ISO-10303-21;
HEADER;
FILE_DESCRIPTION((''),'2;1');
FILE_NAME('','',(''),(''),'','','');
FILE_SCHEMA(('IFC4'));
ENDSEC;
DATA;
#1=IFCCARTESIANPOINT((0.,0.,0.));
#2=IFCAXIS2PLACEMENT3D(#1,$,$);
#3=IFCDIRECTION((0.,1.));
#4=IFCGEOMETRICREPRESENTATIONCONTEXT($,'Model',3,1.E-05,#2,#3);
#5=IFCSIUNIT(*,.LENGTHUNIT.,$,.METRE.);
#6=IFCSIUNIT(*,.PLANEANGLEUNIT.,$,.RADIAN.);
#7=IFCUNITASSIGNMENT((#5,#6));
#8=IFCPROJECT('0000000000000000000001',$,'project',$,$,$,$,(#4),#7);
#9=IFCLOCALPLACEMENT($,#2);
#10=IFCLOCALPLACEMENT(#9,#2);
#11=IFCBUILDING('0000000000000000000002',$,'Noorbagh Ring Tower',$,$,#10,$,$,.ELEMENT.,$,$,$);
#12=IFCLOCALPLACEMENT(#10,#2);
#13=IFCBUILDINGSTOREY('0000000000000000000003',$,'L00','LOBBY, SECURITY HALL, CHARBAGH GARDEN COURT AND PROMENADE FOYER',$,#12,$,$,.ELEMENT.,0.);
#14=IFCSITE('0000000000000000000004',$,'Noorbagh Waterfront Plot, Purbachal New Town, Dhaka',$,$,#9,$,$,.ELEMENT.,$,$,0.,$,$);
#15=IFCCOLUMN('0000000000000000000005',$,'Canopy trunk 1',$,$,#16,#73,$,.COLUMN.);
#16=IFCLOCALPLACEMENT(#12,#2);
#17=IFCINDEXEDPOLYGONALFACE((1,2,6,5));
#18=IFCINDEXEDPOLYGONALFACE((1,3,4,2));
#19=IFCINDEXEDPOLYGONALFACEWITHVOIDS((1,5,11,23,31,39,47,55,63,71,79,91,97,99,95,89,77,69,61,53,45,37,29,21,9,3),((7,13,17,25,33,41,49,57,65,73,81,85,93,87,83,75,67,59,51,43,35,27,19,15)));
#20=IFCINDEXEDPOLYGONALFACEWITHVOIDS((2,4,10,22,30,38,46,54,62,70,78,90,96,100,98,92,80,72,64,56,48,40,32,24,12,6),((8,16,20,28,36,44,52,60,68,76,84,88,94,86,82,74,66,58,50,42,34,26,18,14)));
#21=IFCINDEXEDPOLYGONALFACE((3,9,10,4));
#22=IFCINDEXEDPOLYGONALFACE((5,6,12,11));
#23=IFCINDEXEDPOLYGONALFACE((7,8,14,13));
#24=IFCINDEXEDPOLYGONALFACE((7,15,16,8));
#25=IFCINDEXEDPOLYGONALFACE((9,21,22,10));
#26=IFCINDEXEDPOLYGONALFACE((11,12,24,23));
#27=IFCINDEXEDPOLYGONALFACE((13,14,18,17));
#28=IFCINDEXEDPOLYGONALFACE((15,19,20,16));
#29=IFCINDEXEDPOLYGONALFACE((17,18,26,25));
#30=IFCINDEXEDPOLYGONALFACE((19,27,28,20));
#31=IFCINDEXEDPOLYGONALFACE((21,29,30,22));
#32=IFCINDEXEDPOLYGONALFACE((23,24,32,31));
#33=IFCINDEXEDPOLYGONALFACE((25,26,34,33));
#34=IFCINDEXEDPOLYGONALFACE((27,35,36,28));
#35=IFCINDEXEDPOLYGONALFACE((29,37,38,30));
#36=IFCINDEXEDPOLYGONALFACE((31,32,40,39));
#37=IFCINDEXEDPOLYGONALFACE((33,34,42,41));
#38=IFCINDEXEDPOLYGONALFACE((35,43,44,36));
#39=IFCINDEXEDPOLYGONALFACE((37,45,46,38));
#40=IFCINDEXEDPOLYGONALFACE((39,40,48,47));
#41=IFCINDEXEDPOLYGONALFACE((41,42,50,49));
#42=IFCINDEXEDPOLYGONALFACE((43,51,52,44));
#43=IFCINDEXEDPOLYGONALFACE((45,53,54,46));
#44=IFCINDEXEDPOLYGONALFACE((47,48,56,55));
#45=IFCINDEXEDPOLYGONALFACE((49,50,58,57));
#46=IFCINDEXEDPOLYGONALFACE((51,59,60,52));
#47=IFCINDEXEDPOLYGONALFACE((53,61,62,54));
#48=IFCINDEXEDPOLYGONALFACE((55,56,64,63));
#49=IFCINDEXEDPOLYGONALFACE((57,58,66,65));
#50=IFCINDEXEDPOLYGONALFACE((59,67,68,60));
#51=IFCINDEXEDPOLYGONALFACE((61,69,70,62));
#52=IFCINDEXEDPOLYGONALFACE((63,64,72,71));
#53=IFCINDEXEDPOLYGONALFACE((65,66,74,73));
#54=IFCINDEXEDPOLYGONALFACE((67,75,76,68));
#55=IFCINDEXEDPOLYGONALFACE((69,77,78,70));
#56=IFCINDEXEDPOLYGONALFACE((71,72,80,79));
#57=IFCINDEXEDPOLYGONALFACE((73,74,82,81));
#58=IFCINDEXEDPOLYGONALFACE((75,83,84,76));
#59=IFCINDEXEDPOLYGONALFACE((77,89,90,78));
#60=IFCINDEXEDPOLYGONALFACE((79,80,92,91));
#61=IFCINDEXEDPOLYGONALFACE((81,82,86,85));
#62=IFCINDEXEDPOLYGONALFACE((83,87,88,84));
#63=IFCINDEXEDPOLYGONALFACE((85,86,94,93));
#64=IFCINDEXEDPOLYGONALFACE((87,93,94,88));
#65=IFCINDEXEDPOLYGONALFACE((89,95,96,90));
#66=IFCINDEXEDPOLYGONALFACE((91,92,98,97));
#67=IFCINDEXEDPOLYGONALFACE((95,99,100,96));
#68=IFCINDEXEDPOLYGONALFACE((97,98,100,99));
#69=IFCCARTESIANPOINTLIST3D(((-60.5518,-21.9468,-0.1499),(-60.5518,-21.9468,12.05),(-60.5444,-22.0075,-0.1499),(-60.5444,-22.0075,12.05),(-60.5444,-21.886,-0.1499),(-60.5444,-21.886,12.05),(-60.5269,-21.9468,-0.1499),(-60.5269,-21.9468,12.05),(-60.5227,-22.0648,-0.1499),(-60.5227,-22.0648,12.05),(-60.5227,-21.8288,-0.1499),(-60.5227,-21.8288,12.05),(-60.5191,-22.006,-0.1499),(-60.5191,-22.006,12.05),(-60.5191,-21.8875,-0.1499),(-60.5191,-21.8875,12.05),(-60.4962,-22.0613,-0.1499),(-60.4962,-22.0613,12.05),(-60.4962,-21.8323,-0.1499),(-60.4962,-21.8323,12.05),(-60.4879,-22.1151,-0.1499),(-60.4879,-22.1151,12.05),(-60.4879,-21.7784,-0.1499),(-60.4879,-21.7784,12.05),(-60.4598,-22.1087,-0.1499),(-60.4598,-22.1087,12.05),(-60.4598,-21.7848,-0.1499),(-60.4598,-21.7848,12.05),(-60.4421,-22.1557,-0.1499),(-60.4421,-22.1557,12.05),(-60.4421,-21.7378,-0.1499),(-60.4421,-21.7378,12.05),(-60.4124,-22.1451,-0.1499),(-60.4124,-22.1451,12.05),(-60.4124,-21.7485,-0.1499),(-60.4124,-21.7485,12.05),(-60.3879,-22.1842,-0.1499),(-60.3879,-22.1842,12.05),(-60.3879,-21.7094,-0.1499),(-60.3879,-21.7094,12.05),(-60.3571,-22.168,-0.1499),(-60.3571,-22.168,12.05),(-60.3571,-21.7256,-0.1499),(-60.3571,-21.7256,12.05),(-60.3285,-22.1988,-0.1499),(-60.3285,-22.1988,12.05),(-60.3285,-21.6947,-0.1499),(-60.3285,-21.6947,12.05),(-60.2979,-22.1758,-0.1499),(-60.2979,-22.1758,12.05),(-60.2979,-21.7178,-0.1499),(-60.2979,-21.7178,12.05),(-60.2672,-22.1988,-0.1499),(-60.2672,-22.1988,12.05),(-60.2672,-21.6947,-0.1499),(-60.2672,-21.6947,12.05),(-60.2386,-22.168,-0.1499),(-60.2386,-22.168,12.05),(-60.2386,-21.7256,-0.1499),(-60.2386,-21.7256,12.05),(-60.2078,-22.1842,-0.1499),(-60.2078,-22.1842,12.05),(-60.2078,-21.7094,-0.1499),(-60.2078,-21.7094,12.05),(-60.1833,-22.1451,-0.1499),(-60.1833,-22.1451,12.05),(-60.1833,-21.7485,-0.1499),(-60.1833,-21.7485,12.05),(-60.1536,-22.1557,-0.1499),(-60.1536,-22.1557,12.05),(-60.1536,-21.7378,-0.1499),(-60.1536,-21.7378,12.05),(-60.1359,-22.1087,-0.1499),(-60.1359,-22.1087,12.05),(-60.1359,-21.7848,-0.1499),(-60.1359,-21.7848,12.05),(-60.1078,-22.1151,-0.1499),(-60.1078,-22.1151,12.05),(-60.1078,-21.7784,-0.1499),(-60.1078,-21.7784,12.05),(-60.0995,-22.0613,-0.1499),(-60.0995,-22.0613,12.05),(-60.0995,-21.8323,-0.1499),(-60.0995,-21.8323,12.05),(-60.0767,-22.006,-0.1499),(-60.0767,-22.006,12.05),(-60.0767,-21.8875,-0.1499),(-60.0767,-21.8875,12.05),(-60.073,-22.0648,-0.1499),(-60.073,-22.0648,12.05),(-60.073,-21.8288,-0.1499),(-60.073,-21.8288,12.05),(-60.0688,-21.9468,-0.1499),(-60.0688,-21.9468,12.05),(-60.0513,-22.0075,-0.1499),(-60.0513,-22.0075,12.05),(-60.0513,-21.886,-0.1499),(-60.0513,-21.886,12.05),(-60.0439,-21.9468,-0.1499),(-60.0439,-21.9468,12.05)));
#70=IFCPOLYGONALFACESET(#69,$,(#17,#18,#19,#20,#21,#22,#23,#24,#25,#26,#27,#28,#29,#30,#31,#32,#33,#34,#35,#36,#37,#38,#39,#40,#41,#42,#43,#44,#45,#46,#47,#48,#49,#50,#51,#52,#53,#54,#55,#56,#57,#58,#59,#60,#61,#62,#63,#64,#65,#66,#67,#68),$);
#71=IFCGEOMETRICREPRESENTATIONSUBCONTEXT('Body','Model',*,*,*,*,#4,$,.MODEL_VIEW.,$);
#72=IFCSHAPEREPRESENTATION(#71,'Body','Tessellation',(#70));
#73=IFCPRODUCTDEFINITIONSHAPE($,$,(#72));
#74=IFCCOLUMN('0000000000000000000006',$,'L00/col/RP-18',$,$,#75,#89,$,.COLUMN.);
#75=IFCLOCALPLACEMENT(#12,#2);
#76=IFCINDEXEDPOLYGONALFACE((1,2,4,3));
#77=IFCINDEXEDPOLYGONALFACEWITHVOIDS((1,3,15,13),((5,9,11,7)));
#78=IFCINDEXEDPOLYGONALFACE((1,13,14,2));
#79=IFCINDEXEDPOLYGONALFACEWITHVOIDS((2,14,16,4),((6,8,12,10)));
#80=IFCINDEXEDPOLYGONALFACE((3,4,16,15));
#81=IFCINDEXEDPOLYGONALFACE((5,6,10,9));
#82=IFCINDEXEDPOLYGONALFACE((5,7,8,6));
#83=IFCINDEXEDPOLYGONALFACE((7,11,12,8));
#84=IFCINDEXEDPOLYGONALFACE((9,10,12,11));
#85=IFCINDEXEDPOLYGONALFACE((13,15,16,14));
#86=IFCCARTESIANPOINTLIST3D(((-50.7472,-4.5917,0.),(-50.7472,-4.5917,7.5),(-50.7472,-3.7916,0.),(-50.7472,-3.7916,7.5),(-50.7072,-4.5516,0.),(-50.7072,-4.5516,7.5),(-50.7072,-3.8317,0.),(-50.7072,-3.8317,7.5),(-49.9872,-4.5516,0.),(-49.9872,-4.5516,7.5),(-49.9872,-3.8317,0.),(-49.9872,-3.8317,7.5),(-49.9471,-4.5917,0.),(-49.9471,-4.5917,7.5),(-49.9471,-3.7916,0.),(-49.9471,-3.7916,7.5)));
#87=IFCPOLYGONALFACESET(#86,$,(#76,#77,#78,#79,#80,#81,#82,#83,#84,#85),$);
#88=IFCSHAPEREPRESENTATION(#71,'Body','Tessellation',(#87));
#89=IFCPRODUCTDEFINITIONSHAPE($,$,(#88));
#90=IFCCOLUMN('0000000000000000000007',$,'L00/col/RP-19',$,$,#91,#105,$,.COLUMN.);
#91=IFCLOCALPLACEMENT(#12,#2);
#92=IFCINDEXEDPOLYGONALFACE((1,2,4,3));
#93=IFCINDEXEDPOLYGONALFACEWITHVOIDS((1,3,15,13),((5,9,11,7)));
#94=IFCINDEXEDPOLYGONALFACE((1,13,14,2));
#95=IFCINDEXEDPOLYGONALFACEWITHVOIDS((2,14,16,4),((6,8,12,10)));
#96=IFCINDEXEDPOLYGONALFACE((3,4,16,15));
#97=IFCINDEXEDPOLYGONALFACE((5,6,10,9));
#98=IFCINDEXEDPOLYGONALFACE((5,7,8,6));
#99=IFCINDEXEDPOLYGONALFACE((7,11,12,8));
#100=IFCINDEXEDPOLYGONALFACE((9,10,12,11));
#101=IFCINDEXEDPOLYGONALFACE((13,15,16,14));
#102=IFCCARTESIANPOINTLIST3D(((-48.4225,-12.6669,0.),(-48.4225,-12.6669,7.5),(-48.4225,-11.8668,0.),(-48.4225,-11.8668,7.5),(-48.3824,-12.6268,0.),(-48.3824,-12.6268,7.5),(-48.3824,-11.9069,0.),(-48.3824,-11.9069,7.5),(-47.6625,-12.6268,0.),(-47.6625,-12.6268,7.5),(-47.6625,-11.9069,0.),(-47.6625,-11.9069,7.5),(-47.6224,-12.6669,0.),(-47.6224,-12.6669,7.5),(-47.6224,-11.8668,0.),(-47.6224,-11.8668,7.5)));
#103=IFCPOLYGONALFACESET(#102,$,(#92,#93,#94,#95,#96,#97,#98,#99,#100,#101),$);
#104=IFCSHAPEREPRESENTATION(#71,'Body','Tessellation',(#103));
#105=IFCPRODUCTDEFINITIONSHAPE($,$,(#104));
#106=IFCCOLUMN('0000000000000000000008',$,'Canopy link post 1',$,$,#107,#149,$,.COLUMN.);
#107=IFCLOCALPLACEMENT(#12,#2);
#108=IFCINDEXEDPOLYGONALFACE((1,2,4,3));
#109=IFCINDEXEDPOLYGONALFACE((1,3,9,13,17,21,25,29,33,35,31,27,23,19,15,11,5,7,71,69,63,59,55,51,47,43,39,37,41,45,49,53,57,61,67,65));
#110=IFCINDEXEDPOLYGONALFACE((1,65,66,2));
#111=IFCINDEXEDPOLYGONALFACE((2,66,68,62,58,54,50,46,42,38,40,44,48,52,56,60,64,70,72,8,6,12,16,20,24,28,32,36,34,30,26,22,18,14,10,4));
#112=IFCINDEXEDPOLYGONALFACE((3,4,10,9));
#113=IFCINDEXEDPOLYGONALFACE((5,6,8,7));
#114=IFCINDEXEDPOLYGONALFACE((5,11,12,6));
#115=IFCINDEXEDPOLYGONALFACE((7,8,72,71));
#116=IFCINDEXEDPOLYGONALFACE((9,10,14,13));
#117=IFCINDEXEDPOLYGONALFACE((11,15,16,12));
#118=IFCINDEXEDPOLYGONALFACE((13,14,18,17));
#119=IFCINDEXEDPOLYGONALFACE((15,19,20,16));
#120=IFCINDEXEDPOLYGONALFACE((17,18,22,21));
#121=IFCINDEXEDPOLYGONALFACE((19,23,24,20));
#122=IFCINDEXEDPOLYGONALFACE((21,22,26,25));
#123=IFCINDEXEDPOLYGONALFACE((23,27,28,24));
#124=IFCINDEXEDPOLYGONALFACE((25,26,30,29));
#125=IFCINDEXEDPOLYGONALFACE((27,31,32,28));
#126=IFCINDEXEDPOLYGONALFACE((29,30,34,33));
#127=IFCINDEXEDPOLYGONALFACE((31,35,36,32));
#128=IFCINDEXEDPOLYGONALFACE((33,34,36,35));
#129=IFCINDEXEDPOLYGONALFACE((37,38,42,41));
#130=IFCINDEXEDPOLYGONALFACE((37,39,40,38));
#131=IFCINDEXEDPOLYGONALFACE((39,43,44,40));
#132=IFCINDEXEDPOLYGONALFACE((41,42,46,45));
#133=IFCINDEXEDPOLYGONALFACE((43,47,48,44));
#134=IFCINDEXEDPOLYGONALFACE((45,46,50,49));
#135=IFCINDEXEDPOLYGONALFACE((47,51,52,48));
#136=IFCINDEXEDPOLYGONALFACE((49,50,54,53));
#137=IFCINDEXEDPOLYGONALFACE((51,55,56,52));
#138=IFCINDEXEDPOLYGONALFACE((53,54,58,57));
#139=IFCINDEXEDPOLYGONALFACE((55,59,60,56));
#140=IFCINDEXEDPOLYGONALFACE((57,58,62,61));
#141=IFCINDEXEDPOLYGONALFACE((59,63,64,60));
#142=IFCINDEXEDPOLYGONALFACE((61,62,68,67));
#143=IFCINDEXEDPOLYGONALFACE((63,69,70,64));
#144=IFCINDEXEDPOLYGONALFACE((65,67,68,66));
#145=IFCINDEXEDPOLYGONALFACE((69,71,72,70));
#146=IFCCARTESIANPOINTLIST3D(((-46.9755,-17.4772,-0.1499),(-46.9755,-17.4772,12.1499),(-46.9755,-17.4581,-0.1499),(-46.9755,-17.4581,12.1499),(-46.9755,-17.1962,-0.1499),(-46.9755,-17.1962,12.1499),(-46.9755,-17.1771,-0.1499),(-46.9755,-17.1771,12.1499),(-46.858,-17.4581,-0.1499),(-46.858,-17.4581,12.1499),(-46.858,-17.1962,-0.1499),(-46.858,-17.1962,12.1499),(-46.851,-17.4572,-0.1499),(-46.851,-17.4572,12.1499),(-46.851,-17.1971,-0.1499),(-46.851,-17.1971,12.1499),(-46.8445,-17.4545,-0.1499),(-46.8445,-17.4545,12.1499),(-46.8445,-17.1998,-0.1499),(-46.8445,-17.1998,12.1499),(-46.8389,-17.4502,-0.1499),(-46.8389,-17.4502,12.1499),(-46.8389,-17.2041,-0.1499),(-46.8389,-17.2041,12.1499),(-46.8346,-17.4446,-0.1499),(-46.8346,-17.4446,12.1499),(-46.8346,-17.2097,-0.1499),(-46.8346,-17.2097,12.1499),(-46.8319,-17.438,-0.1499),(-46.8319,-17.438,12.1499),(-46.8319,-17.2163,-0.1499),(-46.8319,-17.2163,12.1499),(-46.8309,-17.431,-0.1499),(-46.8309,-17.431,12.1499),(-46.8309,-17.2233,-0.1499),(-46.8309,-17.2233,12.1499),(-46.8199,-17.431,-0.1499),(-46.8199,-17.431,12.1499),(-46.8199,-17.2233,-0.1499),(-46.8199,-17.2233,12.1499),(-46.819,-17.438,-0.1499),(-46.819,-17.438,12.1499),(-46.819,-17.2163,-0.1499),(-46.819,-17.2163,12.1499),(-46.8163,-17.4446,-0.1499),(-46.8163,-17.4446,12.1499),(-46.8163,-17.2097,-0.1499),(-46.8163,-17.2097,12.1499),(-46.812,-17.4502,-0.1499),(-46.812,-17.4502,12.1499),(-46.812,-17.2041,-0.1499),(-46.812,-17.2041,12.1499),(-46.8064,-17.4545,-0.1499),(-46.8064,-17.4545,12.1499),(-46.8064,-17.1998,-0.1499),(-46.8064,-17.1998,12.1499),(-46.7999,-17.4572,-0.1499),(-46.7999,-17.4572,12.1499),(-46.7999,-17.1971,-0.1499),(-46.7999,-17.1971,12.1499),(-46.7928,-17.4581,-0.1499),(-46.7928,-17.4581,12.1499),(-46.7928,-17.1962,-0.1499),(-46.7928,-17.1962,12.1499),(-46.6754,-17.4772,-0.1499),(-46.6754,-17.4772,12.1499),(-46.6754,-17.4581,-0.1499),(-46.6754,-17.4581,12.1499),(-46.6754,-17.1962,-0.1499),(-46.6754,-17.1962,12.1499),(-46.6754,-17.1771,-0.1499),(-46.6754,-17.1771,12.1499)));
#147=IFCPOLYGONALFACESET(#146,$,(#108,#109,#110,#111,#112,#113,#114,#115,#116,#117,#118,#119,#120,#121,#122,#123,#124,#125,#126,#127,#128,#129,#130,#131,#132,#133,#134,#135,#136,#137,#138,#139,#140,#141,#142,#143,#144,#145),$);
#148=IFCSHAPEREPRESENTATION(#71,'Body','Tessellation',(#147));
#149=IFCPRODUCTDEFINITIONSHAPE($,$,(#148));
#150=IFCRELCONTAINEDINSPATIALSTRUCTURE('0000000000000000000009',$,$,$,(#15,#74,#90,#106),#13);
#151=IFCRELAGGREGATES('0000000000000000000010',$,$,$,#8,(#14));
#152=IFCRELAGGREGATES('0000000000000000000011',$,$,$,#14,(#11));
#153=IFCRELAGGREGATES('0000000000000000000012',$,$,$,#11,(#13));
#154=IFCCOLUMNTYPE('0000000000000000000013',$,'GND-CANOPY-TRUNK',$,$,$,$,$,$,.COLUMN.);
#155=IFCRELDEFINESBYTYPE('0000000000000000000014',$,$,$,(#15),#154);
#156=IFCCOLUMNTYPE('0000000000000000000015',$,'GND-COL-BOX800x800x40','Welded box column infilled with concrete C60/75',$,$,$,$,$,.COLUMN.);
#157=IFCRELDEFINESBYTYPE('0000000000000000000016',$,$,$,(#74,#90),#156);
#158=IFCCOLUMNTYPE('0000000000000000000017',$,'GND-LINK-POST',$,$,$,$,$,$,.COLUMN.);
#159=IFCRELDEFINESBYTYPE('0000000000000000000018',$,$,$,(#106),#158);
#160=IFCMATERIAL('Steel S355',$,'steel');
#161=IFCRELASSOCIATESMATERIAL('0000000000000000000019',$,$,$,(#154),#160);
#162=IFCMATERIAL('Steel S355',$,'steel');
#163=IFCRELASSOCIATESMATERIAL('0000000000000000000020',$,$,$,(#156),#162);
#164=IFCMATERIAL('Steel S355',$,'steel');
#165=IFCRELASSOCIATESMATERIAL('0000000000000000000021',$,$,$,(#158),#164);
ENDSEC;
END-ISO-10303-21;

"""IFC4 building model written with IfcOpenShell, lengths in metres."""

from ifc_helpers import new_model, si_unit, direction, frame, origin, origin_2d, place, context, subcontext, project, spatial, hollow_rectangle, hollow_circle, i_section, extrude, material, material_profile, profile_set, type_object, element, save


model = new_model("IFC4")

# Units and contexts
model_context = context("Model", 3, precision=1e-05, world=origin(), true_north=direction((0.0, 1.0)))
body_context = subcontext(model_context, "Body", "Model", "MODEL_VIEW")
ifc_project = project(units=[si_unit("LENGTHUNIT", "METRE"), si_unit("PLANEANGLEUNIT", "RADIAN")], contexts=[model_context])

# Site, building, storey
site_placement = place(None, origin())
site = spatial("IfcSite", under=ifc_project, at=site_placement, Name="Noorbagh Waterfront Plot, Purbachal New Town, Dhaka", CompositionType="ELEMENT", RefElevation=0.0)
building_placement = place(site_placement, origin())
building = spatial("IfcBuilding", under=site, at=building_placement, Name="Noorbagh Ring Tower", CompositionType="ELEMENT")
storey_placement = place(building_placement, origin())
storey = spatial("IfcBuildingStorey", under=building, at=storey_placement, Name="L00", Description="LOBBY, SECURITY HALL, CHARBAGH GARDEN COURT AND PROMENADE FOYER", CompositionType="ELEMENT", Elevation=0.0)

# Columns
ifc_material_1 = material(Name="Steel S355", Category="steel")
ifc_material_profile_1 = material_profile(ifc_material_1, hollow_circle(Radius=0.2539, WallThickness=0.0249, at=origin_2d()), Name="CHS508x25")
ifc_profile_set_1 = profile_set([ifc_material_profile_1], Name="Steel S355")
column_type_1 = type_object("IfcColumnType", Name="GND-CANOPY-TRUNK", PredefinedType="COLUMN", material=ifc_profile_set_1)
column_1_placement = place(storey_placement, frame((-60.2979, -21.9468, -0.1499), z_axis=(0.0, 0.0, 1.0), x_axis=(1.0, 0.0, 0.0)))
element("IfcColumn", 1, at=column_1_placement, inside=storey, type_object=column_type_1, Name="Canopy trunk 1", PredefinedType="COLUMN", context=body_context, shape_type="SweptSolid", body=[
    extrude(hollow_circle(Radius=0.2539, WallThickness=0.0249, at=origin_2d()), origin(), (0.0, 0.0, 1.0), 12.2),
])
ifc_material_2 = material(Name="Steel S355", Category="steel")
ifc_material_profile_2 = material_profile(ifc_material_2, hollow_rectangle(XDim=0.8, YDim=0.8, WallThickness=0.04, at=origin_2d()), Name="BOX800x800x40")
ifc_profile_set_2 = profile_set([ifc_material_profile_2], Name="Steel S355")
column_type_2 = type_object("IfcColumnType", Name="GND-COL-BOX800x800x40", Description="Welded box column infilled with concrete C60/75", PredefinedType="COLUMN", material=ifc_profile_set_2)
for number, where, z_axis, x_axis, name in (
    (2, (-50.3472, -4.1917, 0.0), (0.0, 0.0, 1.0), (1.0, 0.0, 0.0), "L00/col/RP-18"),
    (3, (-48.0225, -12.2668, 0.0), (0.0, 0.0, 1.0), (1.0, 0.0, 0.0), "L00/col/RP-19"),
):
    element("IfcColumn", number, at=place(storey_placement, frame(where, z_axis=z_axis, x_axis=x_axis)), inside=storey, type_object=column_type_2, Name=name, PredefinedType="COLUMN", context=body_context, shape_type="SweptSolid", body=[
        extrude(hollow_rectangle(XDim=0.8, YDim=0.8, WallThickness=0.04, at=origin_2d()), origin(), (0.0, 0.0, 1.0), 7.5),
    ])
ifc_material_3 = material(Name="Steel S355", Category="steel")
ifc_material_profile_3 = material_profile(ifc_material_3, i_section(OverallWidth=0.3, OverallDepth=0.3, WebThickness=0.011, FlangeThickness=0.019, FilletRadius=0.0271, at=origin_2d()), Name="HEB300")
ifc_profile_set_3 = profile_set([ifc_material_profile_3], Name="Steel S355")
column_type_3 = type_object("IfcColumnType", Name="GND-LINK-POST", PredefinedType="COLUMN", material=ifc_profile_set_3)
column_2_placement = place(storey_placement, frame((-46.8254, -17.3271, -0.1499), z_axis=(0.0, 0.0, 1.0), x_axis=(1.0, 0.0, 0.0)))
element("IfcColumn", 4, at=column_2_placement, inside=storey, type_object=column_type_3, Name="Canopy link post 1", PredefinedType="COLUMN", context=body_context, shape_type="SweptSolid", body=[
    extrude(i_section(OverallWidth=0.3, OverallDepth=0.3, WebThickness=0.011, FlangeThickness=0.019, FilletRadius=0.0271, at=origin_2d()), origin(), (0.0, 0.0, 1.0), 12.2998),
])

save(model, "model.ifc")
